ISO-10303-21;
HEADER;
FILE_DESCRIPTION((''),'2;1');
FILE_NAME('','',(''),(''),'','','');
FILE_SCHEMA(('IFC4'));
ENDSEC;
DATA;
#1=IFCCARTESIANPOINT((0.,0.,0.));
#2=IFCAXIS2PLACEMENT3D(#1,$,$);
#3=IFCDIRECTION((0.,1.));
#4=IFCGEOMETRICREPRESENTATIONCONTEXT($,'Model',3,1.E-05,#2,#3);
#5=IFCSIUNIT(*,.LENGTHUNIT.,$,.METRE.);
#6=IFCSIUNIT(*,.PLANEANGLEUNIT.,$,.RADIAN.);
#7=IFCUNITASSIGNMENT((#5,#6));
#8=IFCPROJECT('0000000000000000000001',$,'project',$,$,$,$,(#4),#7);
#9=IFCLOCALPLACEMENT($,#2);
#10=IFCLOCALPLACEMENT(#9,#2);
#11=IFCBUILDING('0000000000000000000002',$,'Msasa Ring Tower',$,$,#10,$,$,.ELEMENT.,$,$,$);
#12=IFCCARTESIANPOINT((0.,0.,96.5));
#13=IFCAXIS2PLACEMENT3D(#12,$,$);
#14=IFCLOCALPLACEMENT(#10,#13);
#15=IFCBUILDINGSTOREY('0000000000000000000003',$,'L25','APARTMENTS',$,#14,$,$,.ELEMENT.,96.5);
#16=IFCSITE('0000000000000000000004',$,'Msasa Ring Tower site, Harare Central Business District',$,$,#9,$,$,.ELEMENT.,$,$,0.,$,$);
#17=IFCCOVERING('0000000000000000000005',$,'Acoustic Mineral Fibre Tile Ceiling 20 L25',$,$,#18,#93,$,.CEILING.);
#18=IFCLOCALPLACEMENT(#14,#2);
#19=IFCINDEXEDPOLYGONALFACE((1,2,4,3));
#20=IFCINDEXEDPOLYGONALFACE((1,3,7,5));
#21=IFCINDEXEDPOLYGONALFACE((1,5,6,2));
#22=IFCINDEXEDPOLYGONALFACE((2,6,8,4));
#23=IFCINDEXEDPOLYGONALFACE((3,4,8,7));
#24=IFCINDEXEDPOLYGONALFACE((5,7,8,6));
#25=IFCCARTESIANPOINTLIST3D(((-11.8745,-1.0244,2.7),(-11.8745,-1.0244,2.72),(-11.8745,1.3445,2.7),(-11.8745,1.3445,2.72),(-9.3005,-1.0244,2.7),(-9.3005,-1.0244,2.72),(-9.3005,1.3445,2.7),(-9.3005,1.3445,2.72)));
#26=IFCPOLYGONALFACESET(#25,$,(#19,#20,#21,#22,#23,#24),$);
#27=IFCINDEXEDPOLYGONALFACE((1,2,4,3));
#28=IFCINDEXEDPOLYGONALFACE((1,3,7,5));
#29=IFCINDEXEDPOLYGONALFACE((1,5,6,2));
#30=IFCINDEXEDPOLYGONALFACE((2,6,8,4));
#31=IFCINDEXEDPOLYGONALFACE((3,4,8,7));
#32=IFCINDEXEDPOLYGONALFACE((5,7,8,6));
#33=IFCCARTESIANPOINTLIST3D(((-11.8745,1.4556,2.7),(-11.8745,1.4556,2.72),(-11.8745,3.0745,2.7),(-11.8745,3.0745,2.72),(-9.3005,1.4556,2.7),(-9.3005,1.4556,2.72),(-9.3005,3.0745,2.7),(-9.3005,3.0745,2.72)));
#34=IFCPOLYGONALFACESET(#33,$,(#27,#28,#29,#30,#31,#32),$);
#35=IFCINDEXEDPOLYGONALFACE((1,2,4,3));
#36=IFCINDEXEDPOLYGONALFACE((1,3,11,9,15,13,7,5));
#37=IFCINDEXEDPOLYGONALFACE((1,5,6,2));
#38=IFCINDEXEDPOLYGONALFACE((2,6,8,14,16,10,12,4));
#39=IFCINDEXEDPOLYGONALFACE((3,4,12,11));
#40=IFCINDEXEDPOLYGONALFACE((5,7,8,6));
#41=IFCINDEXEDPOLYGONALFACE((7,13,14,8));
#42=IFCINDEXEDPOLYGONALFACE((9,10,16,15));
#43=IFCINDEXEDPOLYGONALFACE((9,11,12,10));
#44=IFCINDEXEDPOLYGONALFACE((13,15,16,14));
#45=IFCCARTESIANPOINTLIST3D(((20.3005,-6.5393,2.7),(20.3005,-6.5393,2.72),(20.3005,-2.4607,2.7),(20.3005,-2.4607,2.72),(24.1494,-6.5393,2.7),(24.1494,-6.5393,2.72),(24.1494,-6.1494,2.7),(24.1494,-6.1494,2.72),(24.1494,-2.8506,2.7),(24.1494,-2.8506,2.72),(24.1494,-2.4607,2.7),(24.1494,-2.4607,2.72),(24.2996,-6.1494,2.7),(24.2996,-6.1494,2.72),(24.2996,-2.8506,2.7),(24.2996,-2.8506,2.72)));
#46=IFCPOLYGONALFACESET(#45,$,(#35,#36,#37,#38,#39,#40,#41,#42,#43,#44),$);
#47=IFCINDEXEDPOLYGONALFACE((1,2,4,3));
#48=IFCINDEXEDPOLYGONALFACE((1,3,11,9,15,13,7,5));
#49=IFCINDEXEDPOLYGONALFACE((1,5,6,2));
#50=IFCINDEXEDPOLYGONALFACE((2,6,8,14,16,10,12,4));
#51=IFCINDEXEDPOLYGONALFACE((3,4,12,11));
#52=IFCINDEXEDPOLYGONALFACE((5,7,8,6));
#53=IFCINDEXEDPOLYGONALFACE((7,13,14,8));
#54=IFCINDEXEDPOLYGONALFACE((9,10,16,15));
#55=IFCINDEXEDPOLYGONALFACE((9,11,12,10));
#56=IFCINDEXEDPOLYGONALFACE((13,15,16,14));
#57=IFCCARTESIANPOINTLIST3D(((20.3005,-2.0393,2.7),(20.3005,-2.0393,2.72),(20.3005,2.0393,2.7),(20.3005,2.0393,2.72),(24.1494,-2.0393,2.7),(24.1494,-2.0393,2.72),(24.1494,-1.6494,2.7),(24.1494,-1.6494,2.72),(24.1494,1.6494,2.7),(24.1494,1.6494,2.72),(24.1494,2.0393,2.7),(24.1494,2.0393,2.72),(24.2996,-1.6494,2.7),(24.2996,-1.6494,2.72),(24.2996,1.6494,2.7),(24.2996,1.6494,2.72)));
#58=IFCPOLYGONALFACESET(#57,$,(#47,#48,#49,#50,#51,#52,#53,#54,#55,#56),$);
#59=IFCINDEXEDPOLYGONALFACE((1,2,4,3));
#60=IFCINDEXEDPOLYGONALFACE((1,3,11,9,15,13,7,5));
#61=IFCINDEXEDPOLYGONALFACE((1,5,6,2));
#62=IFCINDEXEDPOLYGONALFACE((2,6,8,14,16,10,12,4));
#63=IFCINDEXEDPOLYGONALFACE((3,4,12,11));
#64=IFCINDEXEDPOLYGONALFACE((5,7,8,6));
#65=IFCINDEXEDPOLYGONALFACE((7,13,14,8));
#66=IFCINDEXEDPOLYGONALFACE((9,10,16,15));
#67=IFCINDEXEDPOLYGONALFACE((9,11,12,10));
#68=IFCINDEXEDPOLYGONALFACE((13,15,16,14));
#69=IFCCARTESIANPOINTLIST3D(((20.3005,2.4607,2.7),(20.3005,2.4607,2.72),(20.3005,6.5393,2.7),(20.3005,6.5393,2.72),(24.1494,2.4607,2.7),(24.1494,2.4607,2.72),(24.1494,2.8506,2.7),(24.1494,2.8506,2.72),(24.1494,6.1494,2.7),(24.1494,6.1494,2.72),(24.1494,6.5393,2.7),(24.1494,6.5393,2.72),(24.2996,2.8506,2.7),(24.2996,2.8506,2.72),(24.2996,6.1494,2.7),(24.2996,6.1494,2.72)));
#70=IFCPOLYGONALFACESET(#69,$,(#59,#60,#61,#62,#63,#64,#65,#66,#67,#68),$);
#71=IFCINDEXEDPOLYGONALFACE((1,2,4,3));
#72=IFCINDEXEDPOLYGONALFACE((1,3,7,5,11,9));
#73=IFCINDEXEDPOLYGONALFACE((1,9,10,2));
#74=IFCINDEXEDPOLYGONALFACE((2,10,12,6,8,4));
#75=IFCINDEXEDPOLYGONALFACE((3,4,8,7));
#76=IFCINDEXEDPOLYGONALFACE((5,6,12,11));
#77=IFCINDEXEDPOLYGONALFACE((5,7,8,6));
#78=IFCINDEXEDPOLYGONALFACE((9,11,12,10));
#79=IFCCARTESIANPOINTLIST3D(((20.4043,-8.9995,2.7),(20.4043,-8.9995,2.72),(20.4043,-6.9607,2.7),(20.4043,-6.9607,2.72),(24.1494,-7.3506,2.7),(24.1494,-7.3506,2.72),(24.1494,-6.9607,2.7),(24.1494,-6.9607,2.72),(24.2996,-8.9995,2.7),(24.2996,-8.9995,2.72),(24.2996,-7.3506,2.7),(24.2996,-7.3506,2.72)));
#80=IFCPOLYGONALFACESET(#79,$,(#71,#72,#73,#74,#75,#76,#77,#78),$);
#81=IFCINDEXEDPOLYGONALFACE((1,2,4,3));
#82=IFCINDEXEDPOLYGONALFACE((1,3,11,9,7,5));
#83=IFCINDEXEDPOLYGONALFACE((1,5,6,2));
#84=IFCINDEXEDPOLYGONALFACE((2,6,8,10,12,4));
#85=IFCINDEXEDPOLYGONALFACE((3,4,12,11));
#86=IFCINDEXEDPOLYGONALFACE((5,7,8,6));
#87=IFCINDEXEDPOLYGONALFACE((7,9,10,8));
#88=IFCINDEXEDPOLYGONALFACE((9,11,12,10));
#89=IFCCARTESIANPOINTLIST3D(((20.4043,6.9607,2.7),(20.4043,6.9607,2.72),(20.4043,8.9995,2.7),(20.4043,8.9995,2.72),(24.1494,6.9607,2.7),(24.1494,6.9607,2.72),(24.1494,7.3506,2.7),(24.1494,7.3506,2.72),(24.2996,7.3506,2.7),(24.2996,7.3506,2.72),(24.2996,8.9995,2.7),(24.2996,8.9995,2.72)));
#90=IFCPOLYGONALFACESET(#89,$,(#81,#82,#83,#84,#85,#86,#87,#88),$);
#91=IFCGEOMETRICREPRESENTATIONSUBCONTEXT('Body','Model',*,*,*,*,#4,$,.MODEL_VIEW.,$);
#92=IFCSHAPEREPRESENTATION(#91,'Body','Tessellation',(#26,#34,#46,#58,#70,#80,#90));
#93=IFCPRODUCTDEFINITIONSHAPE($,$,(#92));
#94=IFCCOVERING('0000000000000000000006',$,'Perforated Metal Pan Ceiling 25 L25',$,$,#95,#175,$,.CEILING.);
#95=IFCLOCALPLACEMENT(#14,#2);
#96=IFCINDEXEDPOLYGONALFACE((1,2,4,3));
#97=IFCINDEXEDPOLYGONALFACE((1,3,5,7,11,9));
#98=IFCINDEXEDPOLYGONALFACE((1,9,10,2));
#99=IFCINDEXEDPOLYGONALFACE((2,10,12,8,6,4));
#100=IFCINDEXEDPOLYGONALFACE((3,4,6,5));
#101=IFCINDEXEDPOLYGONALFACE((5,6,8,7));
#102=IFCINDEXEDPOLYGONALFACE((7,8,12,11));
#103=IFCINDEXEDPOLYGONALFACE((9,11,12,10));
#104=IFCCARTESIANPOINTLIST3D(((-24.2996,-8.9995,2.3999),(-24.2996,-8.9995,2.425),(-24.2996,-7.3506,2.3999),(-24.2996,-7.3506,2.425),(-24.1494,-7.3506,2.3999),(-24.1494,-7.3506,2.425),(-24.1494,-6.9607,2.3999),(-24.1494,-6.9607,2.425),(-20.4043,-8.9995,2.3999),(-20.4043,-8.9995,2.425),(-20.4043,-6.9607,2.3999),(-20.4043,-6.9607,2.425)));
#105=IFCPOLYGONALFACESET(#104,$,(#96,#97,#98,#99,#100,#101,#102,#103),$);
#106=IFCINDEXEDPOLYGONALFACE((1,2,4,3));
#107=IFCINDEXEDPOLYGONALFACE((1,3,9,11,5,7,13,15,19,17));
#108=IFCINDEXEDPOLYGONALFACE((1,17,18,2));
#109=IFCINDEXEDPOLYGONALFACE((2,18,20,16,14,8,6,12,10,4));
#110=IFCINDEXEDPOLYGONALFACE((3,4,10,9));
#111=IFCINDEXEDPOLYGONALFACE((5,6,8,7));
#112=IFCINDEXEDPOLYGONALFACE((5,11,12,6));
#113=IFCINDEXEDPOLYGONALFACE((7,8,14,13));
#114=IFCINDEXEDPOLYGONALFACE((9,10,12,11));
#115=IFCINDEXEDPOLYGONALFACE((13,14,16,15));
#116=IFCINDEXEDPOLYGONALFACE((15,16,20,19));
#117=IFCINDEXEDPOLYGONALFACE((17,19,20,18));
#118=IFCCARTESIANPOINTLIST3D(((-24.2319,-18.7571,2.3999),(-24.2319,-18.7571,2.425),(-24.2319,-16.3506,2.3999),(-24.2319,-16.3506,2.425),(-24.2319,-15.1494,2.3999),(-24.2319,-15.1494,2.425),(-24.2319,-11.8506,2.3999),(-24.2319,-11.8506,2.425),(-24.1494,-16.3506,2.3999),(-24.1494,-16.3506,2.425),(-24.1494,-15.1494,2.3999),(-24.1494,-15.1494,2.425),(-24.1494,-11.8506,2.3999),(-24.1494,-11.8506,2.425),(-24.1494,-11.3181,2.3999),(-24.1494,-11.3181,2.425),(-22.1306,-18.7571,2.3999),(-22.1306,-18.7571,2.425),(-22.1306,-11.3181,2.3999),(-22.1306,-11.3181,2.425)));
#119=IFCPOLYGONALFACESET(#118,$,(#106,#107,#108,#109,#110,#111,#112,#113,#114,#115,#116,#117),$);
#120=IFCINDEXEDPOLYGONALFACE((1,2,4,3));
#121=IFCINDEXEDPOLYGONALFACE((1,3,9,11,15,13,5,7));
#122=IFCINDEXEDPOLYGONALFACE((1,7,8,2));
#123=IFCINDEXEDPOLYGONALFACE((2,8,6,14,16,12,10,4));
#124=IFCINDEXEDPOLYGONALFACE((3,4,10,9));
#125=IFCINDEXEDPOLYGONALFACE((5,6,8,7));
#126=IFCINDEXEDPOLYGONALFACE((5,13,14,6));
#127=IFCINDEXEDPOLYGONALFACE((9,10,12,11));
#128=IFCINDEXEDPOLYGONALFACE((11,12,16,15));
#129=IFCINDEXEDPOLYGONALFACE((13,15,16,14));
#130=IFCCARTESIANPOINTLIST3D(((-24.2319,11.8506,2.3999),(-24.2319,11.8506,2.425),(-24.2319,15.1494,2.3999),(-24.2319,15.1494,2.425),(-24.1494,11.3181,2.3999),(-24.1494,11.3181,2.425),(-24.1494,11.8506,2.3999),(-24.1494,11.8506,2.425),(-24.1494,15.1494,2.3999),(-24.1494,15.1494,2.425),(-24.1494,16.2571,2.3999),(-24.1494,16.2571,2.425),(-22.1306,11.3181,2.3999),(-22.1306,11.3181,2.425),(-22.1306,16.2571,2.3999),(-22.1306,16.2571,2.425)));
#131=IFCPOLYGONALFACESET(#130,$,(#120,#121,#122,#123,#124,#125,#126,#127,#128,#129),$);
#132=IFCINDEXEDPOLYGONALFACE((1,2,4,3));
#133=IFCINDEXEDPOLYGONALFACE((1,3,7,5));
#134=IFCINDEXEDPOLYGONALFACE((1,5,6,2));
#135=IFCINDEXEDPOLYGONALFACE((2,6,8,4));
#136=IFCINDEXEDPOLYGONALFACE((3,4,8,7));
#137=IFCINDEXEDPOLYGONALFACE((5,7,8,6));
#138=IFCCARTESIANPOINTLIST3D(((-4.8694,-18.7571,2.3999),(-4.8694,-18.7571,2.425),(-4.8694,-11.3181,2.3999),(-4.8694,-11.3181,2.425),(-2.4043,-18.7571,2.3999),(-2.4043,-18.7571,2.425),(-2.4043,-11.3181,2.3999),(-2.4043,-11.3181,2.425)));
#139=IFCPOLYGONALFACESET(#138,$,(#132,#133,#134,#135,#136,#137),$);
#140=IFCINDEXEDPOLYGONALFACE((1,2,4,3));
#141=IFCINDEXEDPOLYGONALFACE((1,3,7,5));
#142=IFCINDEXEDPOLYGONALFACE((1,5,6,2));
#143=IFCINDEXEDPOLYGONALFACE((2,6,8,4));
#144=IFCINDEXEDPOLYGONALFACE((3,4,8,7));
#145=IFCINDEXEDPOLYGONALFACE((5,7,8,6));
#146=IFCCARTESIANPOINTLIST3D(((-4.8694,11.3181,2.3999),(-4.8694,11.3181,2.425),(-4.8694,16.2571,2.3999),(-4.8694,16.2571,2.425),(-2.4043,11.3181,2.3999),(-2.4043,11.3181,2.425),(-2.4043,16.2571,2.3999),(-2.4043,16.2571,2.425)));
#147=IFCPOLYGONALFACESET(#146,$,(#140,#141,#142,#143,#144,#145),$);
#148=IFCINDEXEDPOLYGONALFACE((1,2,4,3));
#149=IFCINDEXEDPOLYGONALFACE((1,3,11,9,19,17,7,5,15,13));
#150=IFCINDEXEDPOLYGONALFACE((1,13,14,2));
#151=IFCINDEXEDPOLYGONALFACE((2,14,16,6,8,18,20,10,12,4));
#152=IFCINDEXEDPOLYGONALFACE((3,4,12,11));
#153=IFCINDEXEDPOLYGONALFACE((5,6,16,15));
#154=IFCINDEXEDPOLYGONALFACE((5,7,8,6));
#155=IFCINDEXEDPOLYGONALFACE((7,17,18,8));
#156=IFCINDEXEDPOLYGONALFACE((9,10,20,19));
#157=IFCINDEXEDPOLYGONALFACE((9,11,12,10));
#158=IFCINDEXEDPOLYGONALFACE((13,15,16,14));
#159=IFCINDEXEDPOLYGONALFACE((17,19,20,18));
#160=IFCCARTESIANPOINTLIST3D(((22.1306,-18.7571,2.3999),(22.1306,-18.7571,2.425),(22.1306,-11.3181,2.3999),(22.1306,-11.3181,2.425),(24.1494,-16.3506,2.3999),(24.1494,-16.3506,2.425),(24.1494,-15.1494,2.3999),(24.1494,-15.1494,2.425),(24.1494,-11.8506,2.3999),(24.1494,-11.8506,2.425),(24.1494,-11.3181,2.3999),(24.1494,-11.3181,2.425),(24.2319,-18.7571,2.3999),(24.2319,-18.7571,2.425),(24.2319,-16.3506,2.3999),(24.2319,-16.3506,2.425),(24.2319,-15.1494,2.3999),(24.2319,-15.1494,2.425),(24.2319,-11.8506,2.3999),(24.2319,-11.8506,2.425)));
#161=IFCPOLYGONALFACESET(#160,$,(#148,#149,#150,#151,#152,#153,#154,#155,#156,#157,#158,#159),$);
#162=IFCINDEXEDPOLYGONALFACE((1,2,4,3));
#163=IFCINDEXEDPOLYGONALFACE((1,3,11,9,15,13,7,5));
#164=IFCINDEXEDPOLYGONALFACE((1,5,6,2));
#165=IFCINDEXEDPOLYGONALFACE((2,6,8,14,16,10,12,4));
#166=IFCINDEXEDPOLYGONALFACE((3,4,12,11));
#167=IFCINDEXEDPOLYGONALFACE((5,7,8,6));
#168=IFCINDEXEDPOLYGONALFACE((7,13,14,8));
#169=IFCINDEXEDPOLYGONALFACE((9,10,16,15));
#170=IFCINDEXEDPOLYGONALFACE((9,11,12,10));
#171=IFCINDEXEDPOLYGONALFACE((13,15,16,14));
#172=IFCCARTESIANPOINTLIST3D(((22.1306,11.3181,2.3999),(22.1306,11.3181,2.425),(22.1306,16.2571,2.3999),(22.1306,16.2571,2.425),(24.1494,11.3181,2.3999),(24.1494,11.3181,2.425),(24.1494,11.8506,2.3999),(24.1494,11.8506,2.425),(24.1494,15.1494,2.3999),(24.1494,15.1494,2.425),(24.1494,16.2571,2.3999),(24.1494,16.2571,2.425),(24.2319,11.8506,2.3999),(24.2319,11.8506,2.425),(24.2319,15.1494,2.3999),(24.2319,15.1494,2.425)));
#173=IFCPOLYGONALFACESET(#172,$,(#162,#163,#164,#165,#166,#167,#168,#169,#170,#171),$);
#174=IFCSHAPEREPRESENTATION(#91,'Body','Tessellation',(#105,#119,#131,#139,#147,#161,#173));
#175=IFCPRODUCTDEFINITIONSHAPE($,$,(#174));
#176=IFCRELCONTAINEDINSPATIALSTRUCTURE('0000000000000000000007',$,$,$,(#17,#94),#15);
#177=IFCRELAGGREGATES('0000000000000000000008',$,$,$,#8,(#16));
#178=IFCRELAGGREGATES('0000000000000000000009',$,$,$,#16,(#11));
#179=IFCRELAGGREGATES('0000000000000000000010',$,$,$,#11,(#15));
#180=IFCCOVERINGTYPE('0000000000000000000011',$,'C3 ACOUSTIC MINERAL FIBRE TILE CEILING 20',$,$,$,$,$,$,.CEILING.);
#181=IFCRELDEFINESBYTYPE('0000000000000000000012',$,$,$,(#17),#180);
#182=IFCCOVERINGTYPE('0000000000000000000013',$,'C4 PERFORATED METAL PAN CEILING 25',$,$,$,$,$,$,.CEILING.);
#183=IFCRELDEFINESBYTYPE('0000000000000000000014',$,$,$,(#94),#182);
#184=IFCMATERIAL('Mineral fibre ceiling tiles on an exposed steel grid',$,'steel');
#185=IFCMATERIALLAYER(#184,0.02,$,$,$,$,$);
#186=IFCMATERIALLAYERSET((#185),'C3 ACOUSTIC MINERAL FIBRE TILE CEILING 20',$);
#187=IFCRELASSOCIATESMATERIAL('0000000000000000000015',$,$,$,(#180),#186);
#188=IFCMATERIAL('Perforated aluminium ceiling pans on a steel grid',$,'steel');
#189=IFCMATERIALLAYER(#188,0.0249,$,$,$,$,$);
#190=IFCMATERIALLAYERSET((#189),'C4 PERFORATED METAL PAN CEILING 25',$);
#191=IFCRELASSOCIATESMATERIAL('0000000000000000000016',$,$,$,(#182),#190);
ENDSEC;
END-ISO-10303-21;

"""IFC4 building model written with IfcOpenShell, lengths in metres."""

from ifc_helpers import new_model, si_unit, direction, frame, origin, place, context, subcontext, project, spatial, line, indexed_curve, outline, extrude, material, layer, layer_set, type_object, element, save


model = new_model("IFC4")

# Units and contexts
model_context = context("Model", 3, precision=1e-05, world=origin(), true_north=direction((0.0, 1.0)))
body_context = subcontext(model_context, "Body", "Model", "MODEL_VIEW")
ifc_project = project(units=[si_unit("LENGTHUNIT", "METRE"), si_unit("PLANEANGLEUNIT", "RADIAN")], contexts=[model_context])

# Site, building, storey
site_placement = place(None, origin())
site = spatial("IfcSite", under=ifc_project, at=site_placement, Name="Msasa Ring Tower site, Harare Central Business District", CompositionType="ELEMENT", RefElevation=0.0)
building_placement = place(site_placement, origin())
building = spatial("IfcBuilding", under=site, at=building_placement, Name="Msasa Ring Tower", CompositionType="ELEMENT")
storey_placement = place(building_placement, frame((0.0, 0.0, 96.5)))
storey = spatial("IfcBuildingStorey", under=building, at=storey_placement, Name="L25", Description="APARTMENTS", CompositionType="ELEMENT", Elevation=96.5)

# Coverings
ifc_material_1 = material(Name="Mineral fibre ceiling tiles on an exposed steel grid", Category="steel")
ifc_layer_1 = layer(ifc_material_1, 0.02)
ifc_layer_set_1 = layer_set([ifc_layer_1], Name="C3 ACOUSTIC MINERAL FIBRE TILE CEILING 20")
covering_type_1 = type_object("IfcCoveringType", Name="C3 ACOUSTIC MINERAL FIBRE TILE CEILING 20", PredefinedType="CEILING", material=ifc_layer_set_1)
covering_1_placement = place(storey_placement, frame((0.0, 0.0, 2.7)))
element("IfcCovering", 1, at=covering_1_placement, inside=storey, type_object=covering_type_1, Name="Acoustic Mineral Fibre Tile Ceiling 20 L25", PredefinedType="CEILING", context=body_context, shape_type="SweptSolid", body=[
    extrude(outline(indexed_curve([(-9.3005, -1.0244), (-11.8745, -1.0244), (-11.8745, 1.3445), (-9.3005, 1.3445)], segments=[line(1, 2, 3, 4, 1)], self_intersect=False)), origin(), (0.0, 0.0, 1.0), 0.02),
    extrude(outline(indexed_curve([(-9.3005, 1.4556), (-11.8745, 1.4556), (-11.8745, 3.0745), (-9.3005, 3.0745)], segments=[line(1, 2, 3, 4, 1)], self_intersect=False)), origin(), (0.0, 0.0, 1.0), 0.02),
    extrude(outline(indexed_curve([(20.3005, -2.4607), (24.1494, -2.4607), (24.1494, -2.8506), (24.2996, -2.8506), (24.2996, -6.1494), (24.1494, -6.1494), (24.1494, -6.5393), (20.3005, -6.5393)], segments=[line(1, 2, 3, 4, 5, 6, 7, 8, 1)], self_intersect=False)), origin(), (0.0, 0.0, 1.0), 0.02),
    extrude(outline(indexed_curve([(20.3005, 2.0393), (24.1494, 2.0393), (24.1494, 1.6494), (24.2996, 1.6494), (24.2996, -1.6494), (24.1494, -1.6494), (24.1494, -2.0393), (20.3005, -2.0393)], segments=[line(1, 2, 3, 4, 5, 6, 7, 8, 1)], self_intersect=False)), origin(), (0.0, 0.0, 1.0), 0.02),
    extrude(outline(indexed_curve([(20.3005, 6.5393), (24.1494, 6.5393), (24.1494, 6.1494), (24.2996, 6.1494), (24.2996, 2.8506), (24.1494, 2.8506), (24.1494, 2.4607), (20.3005, 2.4607)], segments=[line(1, 2, 3, 4, 5, 6, 7, 8, 1)], self_intersect=False)), origin(), (0.0, 0.0, 1.0), 0.02),
    extrude(outline(indexed_curve([(24.2996, -8.9995), (20.4043, -8.9995), (20.4043, -6.9607), (24.1494, -6.9607), (24.1494, -7.3506), (24.2996, -7.3506)], segments=[line(1, 2, 3, 4, 5, 6, 1)], self_intersect=False)), origin(), (0.0, 0.0, 1.0), 0.02),
    extrude(outline(indexed_curve([(24.2996, 8.9995), (24.2996, 7.3506), (24.1494, 7.3506), (24.1494, 6.9607), (20.4043, 6.9607), (20.4043, 8.9995)], segments=[line(1, 2, 3, 4, 5, 6, 1)], self_intersect=False)), origin(), (0.0, 0.0, 1.0), 0.02),
])
ifc_material_2 = material(Name="Perforated aluminium ceiling pans on a steel grid", Category="steel")
ifc_layer_2 = layer(ifc_material_2, 0.0249)
ifc_layer_set_2 = layer_set([ifc_layer_2], Name="C4 PERFORATED METAL PAN CEILING 25")
covering_type_2 = type_object("IfcCoveringType", Name="C4 PERFORATED METAL PAN CEILING 25", PredefinedType="CEILING", material=ifc_layer_set_2)
covering_2_placement = place(storey_placement, frame((0.0, 0.0, 2.3999)))
element("IfcCovering", 2, at=covering_2_placement, inside=storey, type_object=covering_type_2, Name="Perforated Metal Pan Ceiling 25 L25", PredefinedType="CEILING", context=body_context, shape_type="SweptSolid", body=[
    extrude(outline(indexed_curve([(-24.2996, -8.9995), (-24.2996, -7.3506), (-24.1494, -7.3506), (-24.1494, -6.9607), (-20.4043, -6.9607), (-20.4043, -8.9995)], segments=[line(1, 2, 3, 4, 5, 6, 1)], self_intersect=False)), origin(), (0.0, 0.0, 1.0), 0.0251),
    extrude(outline(indexed_curve([(-22.1306, -18.7571), (-24.2319, -18.7571), (-24.2319, -16.3506), (-24.1494, -16.3506), (-24.1494, -15.1494), (-24.2319, -15.1494), (-24.2319, -11.8506), (-24.1494, -11.8506), (-24.1494, -11.3181), (-22.1306, -11.3181)], segments=[line(1, 2, 3, 4, 5, 6, 7, 8, 9, 10, 1)], self_intersect=False)), origin(), (0.0, 0.0, 1.0), 0.0251),
    extrude(outline(indexed_curve([(-24.1494, 11.3181), (-24.1494, 11.8506), (-24.2319, 11.8506), (-24.2319, 15.1494), (-24.1494, 15.1494), (-24.1494, 16.2571), (-22.1306, 16.2571), (-22.1306, 11.3181)], segments=[line(1, 2, 3, 4, 5, 6, 7, 8, 1)], self_intersect=False)), origin(), (0.0, 0.0, 1.0), 0.0251),
    extrude(outline(indexed_curve([(-4.8694, -18.7571), (-4.8694, -11.3181), (-2.4043, -11.3181), (-2.4043, -18.7571)], segments=[line(1, 2, 3, 4, 1)], self_intersect=False)), origin(), (0.0, 0.0, 1.0), 0.0251),
    extrude(outline(indexed_curve([(-4.8694, 11.3181), (-4.8694, 16.2571), (-2.4043, 16.2571), (-2.4043, 11.3181)], segments=[line(1, 2, 3, 4, 1)], self_intersect=False)), origin(), (0.0, 0.0, 1.0), 0.0251),
    extrude(outline(indexed_curve([(22.1306, -18.7571), (22.1306, -11.3181), (24.1494, -11.3181), (24.1494, -11.8506), (24.2319, -11.8506), (24.2319, -15.1494), (24.1494, -15.1494), (24.1494, -16.3506), (24.2319, -16.3506), (24.2319, -18.7571)], segments=[line(1, 2, 3, 4, 5, 6, 7, 8, 9, 10, 1)], self_intersect=False)), origin(), (0.0, 0.0, 1.0), 0.0251),
    extrude(outline(indexed_curve([(22.1306, 11.3181), (22.1306, 16.2571), (24.1494, 16.2571), (24.1494, 15.1494), (24.2319, 15.1494), (24.2319, 11.8506), (24.1494, 11.8506), (24.1494, 11.3181)], segments=[line(1, 2, 3, 4, 5, 6, 7, 8, 1)], self_intersect=False)), origin(), (0.0, 0.0, 1.0), 0.0251),
])

save(model, "model.ifc")
